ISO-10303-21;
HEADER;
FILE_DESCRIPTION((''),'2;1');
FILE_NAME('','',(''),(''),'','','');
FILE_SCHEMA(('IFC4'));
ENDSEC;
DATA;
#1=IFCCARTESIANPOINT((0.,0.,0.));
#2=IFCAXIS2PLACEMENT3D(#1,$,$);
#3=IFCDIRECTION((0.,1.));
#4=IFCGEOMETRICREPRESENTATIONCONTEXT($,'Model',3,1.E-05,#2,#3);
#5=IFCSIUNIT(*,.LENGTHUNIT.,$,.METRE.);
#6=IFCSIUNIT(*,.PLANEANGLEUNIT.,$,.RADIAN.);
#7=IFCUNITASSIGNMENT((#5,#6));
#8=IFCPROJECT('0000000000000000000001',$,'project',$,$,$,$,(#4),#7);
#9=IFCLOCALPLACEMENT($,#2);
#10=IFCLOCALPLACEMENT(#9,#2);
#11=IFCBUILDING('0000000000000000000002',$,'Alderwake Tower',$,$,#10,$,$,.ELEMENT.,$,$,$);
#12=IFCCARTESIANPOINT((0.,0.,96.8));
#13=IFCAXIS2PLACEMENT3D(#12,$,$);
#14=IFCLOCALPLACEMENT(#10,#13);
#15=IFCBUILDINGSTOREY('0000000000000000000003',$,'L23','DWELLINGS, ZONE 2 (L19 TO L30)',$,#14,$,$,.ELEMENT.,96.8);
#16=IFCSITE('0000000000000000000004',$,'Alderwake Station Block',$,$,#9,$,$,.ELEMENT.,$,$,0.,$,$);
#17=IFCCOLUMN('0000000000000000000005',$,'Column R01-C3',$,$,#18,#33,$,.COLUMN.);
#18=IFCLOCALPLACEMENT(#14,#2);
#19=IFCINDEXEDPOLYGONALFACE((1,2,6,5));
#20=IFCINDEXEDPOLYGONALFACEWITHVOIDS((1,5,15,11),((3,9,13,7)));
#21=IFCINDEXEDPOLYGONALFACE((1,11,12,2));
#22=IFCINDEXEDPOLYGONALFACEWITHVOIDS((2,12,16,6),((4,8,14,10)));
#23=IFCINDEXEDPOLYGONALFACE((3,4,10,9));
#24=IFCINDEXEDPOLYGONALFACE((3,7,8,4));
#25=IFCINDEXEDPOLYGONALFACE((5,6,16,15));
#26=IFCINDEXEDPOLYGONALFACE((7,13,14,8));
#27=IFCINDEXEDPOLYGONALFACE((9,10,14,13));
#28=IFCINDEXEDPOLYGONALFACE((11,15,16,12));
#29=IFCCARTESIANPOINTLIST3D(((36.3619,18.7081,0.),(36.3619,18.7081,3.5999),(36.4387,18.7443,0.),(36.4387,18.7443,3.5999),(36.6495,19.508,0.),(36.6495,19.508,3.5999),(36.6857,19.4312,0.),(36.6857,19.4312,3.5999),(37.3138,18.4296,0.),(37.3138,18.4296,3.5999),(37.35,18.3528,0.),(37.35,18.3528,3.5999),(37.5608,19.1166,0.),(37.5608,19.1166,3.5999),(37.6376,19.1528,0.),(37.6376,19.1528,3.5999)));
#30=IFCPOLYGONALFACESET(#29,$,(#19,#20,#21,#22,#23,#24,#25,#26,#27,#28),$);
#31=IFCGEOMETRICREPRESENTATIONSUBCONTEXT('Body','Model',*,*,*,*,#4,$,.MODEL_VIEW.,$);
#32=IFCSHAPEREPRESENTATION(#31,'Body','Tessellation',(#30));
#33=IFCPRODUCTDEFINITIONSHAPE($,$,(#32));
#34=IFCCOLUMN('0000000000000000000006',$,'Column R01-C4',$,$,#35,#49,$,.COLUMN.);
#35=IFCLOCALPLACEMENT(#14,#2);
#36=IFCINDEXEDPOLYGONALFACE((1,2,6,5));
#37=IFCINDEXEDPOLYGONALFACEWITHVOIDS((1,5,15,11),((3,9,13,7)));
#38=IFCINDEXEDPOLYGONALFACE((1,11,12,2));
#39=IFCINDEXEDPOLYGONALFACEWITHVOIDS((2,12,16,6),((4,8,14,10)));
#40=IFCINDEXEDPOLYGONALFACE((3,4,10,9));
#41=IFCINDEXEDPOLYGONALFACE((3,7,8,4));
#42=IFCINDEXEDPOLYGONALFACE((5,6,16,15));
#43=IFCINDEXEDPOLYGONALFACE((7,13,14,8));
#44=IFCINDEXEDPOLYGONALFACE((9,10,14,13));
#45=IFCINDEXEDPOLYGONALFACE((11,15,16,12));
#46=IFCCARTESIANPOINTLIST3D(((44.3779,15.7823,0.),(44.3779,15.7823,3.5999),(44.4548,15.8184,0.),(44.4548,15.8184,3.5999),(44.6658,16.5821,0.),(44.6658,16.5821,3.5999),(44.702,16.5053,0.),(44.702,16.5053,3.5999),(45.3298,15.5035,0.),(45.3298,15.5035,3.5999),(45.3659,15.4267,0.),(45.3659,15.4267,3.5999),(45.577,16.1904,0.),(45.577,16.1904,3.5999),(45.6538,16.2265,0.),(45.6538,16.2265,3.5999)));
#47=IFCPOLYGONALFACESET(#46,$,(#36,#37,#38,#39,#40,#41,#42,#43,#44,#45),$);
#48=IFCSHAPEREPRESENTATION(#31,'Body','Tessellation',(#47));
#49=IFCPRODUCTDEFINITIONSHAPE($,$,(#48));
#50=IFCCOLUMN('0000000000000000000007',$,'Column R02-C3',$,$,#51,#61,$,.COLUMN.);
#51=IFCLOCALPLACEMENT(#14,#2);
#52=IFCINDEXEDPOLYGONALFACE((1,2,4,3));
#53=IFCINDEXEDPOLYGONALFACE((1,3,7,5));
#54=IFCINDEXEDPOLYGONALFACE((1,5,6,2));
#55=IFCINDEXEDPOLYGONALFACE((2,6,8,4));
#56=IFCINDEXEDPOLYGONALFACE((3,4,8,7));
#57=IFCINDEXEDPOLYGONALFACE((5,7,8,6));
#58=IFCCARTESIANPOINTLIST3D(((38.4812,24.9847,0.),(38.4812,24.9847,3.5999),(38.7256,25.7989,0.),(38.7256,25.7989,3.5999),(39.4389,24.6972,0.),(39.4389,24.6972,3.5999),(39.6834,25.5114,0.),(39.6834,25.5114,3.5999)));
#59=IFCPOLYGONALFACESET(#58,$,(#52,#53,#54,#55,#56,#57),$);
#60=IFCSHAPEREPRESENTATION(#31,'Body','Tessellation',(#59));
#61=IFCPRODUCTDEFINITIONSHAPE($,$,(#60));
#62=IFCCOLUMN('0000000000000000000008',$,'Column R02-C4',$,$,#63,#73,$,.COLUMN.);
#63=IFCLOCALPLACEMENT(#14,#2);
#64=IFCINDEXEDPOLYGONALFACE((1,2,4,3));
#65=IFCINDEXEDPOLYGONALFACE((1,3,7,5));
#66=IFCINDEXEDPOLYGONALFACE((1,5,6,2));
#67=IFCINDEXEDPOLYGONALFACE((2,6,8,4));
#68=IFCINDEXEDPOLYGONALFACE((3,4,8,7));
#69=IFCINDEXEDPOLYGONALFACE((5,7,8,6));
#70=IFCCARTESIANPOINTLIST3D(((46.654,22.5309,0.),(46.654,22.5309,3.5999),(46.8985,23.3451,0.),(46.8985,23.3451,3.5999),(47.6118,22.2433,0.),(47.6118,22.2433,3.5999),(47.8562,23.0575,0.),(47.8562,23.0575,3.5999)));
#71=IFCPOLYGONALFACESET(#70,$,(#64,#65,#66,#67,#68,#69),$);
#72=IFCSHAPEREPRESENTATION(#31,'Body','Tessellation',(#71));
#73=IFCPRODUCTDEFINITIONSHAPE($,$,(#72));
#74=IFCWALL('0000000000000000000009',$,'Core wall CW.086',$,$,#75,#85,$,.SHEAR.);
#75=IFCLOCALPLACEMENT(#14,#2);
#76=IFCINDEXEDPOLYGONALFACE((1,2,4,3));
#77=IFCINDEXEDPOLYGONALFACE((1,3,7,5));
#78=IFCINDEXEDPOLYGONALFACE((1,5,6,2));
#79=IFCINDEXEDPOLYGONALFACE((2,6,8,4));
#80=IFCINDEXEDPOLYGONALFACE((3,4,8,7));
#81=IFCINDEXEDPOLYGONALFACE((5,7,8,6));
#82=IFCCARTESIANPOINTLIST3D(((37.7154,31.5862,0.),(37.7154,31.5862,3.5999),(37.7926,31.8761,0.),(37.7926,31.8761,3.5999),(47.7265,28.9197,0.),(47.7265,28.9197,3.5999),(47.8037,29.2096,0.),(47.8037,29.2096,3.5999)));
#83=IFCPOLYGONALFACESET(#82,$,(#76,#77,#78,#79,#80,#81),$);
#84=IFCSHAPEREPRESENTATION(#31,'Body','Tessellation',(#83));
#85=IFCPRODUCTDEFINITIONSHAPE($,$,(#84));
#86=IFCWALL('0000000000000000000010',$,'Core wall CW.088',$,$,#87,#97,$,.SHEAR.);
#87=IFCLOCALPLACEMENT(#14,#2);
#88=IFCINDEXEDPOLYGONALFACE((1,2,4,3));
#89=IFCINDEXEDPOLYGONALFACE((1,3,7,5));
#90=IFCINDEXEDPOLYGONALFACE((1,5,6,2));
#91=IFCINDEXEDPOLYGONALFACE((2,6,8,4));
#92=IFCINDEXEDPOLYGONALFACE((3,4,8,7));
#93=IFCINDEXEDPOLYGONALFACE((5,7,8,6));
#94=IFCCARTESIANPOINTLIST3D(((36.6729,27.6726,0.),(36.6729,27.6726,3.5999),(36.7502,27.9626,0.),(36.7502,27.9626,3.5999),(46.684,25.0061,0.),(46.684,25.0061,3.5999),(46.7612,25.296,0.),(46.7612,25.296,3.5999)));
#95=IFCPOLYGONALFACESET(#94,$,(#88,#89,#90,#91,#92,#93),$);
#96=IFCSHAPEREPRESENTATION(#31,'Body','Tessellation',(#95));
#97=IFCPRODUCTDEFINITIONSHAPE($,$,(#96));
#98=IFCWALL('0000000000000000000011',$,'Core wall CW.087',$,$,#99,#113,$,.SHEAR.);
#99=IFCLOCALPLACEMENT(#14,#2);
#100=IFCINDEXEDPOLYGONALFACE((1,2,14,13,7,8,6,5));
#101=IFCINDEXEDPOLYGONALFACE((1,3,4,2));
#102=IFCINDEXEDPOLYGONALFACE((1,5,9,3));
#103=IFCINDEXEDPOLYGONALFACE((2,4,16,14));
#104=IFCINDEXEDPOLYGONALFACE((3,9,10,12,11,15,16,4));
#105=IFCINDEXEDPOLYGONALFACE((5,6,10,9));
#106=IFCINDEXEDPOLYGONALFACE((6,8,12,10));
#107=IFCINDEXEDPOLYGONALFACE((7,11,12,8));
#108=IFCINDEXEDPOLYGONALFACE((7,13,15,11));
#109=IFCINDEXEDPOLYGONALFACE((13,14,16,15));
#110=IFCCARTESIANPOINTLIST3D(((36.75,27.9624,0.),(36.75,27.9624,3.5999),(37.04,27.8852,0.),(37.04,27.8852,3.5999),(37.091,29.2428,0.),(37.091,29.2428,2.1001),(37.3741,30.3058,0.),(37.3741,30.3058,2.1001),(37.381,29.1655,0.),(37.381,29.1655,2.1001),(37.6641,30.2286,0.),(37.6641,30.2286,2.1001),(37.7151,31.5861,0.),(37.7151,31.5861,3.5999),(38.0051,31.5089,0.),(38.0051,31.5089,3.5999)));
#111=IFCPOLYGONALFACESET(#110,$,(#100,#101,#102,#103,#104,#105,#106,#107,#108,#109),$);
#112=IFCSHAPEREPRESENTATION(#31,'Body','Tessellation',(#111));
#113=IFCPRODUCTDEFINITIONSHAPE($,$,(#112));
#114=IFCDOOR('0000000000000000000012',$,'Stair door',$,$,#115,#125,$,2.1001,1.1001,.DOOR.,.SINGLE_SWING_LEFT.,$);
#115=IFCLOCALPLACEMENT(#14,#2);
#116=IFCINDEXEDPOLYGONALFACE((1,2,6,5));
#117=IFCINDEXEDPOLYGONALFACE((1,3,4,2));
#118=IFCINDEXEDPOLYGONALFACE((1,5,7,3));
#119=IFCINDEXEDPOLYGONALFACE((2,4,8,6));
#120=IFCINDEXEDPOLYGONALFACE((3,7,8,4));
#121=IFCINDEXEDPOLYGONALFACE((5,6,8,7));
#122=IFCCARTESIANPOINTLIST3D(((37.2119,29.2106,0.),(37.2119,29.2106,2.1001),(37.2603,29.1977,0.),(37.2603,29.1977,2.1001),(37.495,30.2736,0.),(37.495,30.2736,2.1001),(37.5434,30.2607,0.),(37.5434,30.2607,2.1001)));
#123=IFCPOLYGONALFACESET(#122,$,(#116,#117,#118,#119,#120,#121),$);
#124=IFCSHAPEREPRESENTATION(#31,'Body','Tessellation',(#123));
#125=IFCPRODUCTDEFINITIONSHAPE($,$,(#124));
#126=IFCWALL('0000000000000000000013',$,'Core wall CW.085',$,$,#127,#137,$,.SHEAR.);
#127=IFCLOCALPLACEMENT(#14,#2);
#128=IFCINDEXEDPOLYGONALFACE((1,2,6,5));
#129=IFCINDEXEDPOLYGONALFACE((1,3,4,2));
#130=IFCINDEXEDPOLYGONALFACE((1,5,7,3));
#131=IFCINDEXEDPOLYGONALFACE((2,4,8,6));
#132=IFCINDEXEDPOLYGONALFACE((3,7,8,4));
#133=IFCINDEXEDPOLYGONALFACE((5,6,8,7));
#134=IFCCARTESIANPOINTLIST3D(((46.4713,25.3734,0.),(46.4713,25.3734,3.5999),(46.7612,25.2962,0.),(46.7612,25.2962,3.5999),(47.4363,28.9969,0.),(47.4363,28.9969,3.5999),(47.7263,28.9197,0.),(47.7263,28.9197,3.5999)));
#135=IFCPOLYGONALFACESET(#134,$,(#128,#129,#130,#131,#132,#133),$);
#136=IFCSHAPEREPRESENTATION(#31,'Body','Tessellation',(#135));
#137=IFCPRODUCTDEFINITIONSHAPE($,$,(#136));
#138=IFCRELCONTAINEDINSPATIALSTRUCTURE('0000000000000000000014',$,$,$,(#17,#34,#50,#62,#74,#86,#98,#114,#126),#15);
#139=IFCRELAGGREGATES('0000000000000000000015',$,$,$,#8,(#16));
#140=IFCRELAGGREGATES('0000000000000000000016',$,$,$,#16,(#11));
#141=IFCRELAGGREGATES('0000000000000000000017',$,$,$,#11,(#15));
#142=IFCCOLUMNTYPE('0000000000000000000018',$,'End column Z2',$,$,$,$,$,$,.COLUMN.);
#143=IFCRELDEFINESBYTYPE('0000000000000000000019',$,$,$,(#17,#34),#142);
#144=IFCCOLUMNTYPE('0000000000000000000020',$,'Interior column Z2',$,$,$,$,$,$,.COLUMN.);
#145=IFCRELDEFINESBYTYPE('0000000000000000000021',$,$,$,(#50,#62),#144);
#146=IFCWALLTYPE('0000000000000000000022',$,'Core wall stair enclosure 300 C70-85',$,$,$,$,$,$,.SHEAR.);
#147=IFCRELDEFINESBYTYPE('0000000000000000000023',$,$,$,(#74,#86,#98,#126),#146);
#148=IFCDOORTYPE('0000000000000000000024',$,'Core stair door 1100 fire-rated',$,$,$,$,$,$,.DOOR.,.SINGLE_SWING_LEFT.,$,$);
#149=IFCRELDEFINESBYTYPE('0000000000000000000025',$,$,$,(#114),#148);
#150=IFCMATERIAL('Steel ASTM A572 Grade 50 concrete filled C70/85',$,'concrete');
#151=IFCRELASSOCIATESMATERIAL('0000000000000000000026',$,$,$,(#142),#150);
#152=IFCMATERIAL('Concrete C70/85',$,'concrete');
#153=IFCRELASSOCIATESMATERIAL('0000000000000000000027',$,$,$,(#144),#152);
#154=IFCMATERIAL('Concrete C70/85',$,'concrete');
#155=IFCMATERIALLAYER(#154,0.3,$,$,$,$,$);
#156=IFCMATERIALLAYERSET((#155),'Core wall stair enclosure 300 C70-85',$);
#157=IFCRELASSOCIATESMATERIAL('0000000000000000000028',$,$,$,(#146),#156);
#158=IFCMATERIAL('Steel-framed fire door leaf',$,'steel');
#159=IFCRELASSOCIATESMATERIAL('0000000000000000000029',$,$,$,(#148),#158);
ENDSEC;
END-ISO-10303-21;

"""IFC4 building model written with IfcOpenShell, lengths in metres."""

from ifc_helpers import new_model, si_unit, direction, frame, frame_2d, origin, origin_2d, place, context, subcontext, project, spatial, rectangle, hollow_rectangle, extrude, material, layer, layer_set, material_profile, profile_set, type_object, element, fill, save


model = new_model("IFC4")

# Units and contexts
model_context = context("Model", 3, precision=1e-05, world=origin(), true_north=direction((0.0, 1.0)))
body_context = subcontext(model_context, "Body", "Model", "MODEL_VIEW")
ifc_project = project(units=[si_unit("LENGTHUNIT", "METRE"), si_unit("PLANEANGLEUNIT", "RADIAN")], contexts=[model_context])

# Site, building, storey
site_placement = place(None, origin())
site = spatial("IfcSite", under=ifc_project, at=site_placement, Name="Alderwake Station Block", CompositionType="ELEMENT", RefElevation=0.0)
building_placement = place(site_placement, origin())
building = spatial("IfcBuilding", under=site, at=building_placement, Name="Alderwake Tower", CompositionType="ELEMENT")
storey_placement = place(building_placement, frame((0.0, 0.0, 96.8)))
storey = spatial("IfcBuildingStorey", under=building, at=storey_placement, Name="L23", Description="DWELLINGS, ZONE 2 (L19 TO L30)", CompositionType="ELEMENT", Elevation=96.8)

# Columns
ifc_material_1 = material(Name="Steel ASTM A572 Grade 50 concrete filled C70/85", Category="concrete")
ifc_material_profile_1 = material_profile(ifc_material_1, hollow_rectangle(XDim=0.8501, YDim=1.05, WallThickness=0.0601, at=origin_2d()), Name="BOX 1050X850X60")
ifc_profile_set_1 = profile_set([ifc_material_profile_1], Name="Steel ASTM A572 Grade 50 concrete filled C70/85")
column_type_1 = type_object("IfcColumnType", Name="End column Z2", PredefinedType="COLUMN", material=ifc_profile_set_1)
for number, where, z_axis, x_axis, name in (
    (1, (36.9998, 18.9304, 0.0), (0.0, 0.0, 1.0), (0.33836, 0.941017, 0.0), "Column R01-C3"),
    (2, (45.0159, 16.0044, 0.0), (0.0, 0.0, 1.0), (0.338653, 0.940912, 0.0), "Column R01-C4"),
):
    element("IfcColumn", number, at=place(storey_placement, frame(where, z_axis=z_axis, x_axis=x_axis)), inside=storey, type_object=column_type_1, Name=name, PredefinedType="COLUMN", context=body_context, shape_type="SweptSolid", body=[
        extrude(hollow_rectangle(XDim=0.8501, YDim=1.05, WallThickness=0.0601, at=origin_2d()), origin(), (0.0, 0.0, 1.0), 3.5999),
    ])
ifc_material_2 = material(Name="Concrete C70/85", Category="concrete")
ifc_material_profile_2 = material_profile(ifc_material_2, rectangle(XDim=0.8501, YDim=1.0, at=origin_2d()), Name="RC 1000X850")
ifc_profile_set_2 = profile_set([ifc_material_profile_2], Name="Concrete C70/85")
column_type_2 = type_object("IfcColumnType", Name="Interior column Z2", PredefinedType="COLUMN", material=ifc_profile_set_2)
for number, where, z_axis, x_axis, name in (
    (3, (39.0823, 25.248, 0.0), (0.0, 0.0, 1.0), (0.287549, 0.957766, 0.0), "Column R02-C3"),
    (4, (47.2551, 22.7942, 0.0), (0.0, 0.0, 1.0), (0.287549, 0.957766, 0.0), "Column R02-C4"),
):
    element("IfcColumn", number, at=place(storey_placement, frame(where, z_axis=z_axis, x_axis=x_axis)), inside=storey, type_object=column_type_2, Name=name, PredefinedType="COLUMN", context=body_context, shape_type="SweptSolid", body=[
        extrude(rectangle(XDim=0.8501, YDim=1.0, at=origin_2d()), origin(), (0.0, 0.0, 1.0), 3.5999),
    ])

# Walls
ifc_material_3 = material(Name="Concrete C70/85", Category="concrete")
ifc_layer_1 = layer(ifc_material_3, 0.3)
ifc_layer_set_1 = layer_set([ifc_layer_1], Name="Core wall stair enclosure 300 C70-85")
wall_type_1 = type_object("IfcWallType", Name="Core wall stair enclosure 300 C70-85", PredefinedType="SHEAR", material=ifc_layer_set_1)
for number, where, z_axis, x_axis, name in (
    (5, (37.7539, 31.7312, 0.0), (0.0, 0.0, 1.0), (0.966309, -0.257384, 0.0), "Core wall CW.086"),
    (6, (36.7114, 27.8176, 0.0), (0.0, 0.0, 1.0), (0.966309, -0.257384, 0.0), "Core wall CW.088"),
):
    element("IfcWall", number, at=place(storey_placement, frame(where, z_axis=z_axis, x_axis=x_axis)), inside=storey, type_object=wall_type_1, Name=name, PredefinedType="SHEAR", context=body_context, shape_type="SweptSolid", body=[
        extrude(rectangle(XDim=10.3601, YDim=0.3, at=frame_2d((5.1802, 0.0))), origin(), (0.0, 0.0, 1.0), 3.5999),
    ])

# Wall, opening, door
wall_1_placement = place(storey_placement, frame((36.895, 27.9238, 0.0), z_axis=(0.0, 0.0, 1.0), x_axis=(0.257351, 0.966318, 0.0)))
wall_1 = element("IfcWall", 7, at=wall_1_placement, inside=storey, type_object=wall_type_1, Name="Core wall CW.087", PredefinedType="SHEAR", context=body_context, shape_type="SweptSolid", body=[
    extrude(rectangle(XDim=3.75, YDim=0.3, at=frame_2d((1.875, 0.0))), origin(), (0.0, 0.0, 1.0), 3.5999),
])
opening_1_placement = place(wall_1_placement, frame((1.325, 0.0, 0.0)))
opening_1 = element("IfcOpeningElement", 8, at=opening_1_placement, cuts=wall_1, PredefinedType="OPENING", context=body_context, shape_type="SweptSolid", body=[
    extrude(rectangle(XDim=1.1001, YDim=2.1001, at=frame_2d((0.55, 1.05))), frame((0.0, 0.1599, 0.0), z_axis=(0.0, -1.0, 0.0), x_axis=(1.0, 0.0, 0.0)), (0.0, 0.0, 1.0), 0.3201),
])
ifc_material_4 = material(Name="Steel-framed fire door leaf", Category="steel")
door_type_1 = type_object("IfcDoorType", Name="Core stair door 1100 fire-rated", OperationType="SINGLE_SWING_LEFT", PredefinedType="DOOR", material=ifc_material_4)
door_1_placement = place(opening_1_placement, origin())
door_1 = element("IfcDoor", 9, at=door_1_placement, inside=storey, type_object=door_type_1, Name="Stair door", OperationType="SINGLE_SWING_LEFT", OverallHeight=2.1001, OverallWidth=1.1001, PredefinedType="DOOR", context=body_context, shape_type="SweptSolid", body=[
    extrude(rectangle(XDim=1.1001, YDim=2.1001, at=frame_2d((0.55, 1.05))), frame((0.0, 0.0249, 0.0), z_axis=(0.0, -1.0, 0.0), x_axis=(1.0, 0.0, 0.0)), (0.0, 0.0, 1.0), 0.05),
])
fill(opening_1, door_1)

# Wall
wall_2_placement = place(storey_placement, frame((46.6162, 25.3347, 0.0), z_axis=(0.0, 0.0, 1.0), x_axis=(0.257367, 0.966314, 0.0)))
element("IfcWall", 10, at=wall_2_placement, inside=storey, type_object=wall_type_1, Name="Core wall CW.085", PredefinedType="SHEAR", context=body_context, shape_type="SweptSolid", body=[
    extrude(rectangle(XDim=3.7498, YDim=0.3, at=frame_2d((1.875, 0.0))), origin(), (0.0, 0.0, 1.0), 3.5999),
])

save(model, "model.ifc")
